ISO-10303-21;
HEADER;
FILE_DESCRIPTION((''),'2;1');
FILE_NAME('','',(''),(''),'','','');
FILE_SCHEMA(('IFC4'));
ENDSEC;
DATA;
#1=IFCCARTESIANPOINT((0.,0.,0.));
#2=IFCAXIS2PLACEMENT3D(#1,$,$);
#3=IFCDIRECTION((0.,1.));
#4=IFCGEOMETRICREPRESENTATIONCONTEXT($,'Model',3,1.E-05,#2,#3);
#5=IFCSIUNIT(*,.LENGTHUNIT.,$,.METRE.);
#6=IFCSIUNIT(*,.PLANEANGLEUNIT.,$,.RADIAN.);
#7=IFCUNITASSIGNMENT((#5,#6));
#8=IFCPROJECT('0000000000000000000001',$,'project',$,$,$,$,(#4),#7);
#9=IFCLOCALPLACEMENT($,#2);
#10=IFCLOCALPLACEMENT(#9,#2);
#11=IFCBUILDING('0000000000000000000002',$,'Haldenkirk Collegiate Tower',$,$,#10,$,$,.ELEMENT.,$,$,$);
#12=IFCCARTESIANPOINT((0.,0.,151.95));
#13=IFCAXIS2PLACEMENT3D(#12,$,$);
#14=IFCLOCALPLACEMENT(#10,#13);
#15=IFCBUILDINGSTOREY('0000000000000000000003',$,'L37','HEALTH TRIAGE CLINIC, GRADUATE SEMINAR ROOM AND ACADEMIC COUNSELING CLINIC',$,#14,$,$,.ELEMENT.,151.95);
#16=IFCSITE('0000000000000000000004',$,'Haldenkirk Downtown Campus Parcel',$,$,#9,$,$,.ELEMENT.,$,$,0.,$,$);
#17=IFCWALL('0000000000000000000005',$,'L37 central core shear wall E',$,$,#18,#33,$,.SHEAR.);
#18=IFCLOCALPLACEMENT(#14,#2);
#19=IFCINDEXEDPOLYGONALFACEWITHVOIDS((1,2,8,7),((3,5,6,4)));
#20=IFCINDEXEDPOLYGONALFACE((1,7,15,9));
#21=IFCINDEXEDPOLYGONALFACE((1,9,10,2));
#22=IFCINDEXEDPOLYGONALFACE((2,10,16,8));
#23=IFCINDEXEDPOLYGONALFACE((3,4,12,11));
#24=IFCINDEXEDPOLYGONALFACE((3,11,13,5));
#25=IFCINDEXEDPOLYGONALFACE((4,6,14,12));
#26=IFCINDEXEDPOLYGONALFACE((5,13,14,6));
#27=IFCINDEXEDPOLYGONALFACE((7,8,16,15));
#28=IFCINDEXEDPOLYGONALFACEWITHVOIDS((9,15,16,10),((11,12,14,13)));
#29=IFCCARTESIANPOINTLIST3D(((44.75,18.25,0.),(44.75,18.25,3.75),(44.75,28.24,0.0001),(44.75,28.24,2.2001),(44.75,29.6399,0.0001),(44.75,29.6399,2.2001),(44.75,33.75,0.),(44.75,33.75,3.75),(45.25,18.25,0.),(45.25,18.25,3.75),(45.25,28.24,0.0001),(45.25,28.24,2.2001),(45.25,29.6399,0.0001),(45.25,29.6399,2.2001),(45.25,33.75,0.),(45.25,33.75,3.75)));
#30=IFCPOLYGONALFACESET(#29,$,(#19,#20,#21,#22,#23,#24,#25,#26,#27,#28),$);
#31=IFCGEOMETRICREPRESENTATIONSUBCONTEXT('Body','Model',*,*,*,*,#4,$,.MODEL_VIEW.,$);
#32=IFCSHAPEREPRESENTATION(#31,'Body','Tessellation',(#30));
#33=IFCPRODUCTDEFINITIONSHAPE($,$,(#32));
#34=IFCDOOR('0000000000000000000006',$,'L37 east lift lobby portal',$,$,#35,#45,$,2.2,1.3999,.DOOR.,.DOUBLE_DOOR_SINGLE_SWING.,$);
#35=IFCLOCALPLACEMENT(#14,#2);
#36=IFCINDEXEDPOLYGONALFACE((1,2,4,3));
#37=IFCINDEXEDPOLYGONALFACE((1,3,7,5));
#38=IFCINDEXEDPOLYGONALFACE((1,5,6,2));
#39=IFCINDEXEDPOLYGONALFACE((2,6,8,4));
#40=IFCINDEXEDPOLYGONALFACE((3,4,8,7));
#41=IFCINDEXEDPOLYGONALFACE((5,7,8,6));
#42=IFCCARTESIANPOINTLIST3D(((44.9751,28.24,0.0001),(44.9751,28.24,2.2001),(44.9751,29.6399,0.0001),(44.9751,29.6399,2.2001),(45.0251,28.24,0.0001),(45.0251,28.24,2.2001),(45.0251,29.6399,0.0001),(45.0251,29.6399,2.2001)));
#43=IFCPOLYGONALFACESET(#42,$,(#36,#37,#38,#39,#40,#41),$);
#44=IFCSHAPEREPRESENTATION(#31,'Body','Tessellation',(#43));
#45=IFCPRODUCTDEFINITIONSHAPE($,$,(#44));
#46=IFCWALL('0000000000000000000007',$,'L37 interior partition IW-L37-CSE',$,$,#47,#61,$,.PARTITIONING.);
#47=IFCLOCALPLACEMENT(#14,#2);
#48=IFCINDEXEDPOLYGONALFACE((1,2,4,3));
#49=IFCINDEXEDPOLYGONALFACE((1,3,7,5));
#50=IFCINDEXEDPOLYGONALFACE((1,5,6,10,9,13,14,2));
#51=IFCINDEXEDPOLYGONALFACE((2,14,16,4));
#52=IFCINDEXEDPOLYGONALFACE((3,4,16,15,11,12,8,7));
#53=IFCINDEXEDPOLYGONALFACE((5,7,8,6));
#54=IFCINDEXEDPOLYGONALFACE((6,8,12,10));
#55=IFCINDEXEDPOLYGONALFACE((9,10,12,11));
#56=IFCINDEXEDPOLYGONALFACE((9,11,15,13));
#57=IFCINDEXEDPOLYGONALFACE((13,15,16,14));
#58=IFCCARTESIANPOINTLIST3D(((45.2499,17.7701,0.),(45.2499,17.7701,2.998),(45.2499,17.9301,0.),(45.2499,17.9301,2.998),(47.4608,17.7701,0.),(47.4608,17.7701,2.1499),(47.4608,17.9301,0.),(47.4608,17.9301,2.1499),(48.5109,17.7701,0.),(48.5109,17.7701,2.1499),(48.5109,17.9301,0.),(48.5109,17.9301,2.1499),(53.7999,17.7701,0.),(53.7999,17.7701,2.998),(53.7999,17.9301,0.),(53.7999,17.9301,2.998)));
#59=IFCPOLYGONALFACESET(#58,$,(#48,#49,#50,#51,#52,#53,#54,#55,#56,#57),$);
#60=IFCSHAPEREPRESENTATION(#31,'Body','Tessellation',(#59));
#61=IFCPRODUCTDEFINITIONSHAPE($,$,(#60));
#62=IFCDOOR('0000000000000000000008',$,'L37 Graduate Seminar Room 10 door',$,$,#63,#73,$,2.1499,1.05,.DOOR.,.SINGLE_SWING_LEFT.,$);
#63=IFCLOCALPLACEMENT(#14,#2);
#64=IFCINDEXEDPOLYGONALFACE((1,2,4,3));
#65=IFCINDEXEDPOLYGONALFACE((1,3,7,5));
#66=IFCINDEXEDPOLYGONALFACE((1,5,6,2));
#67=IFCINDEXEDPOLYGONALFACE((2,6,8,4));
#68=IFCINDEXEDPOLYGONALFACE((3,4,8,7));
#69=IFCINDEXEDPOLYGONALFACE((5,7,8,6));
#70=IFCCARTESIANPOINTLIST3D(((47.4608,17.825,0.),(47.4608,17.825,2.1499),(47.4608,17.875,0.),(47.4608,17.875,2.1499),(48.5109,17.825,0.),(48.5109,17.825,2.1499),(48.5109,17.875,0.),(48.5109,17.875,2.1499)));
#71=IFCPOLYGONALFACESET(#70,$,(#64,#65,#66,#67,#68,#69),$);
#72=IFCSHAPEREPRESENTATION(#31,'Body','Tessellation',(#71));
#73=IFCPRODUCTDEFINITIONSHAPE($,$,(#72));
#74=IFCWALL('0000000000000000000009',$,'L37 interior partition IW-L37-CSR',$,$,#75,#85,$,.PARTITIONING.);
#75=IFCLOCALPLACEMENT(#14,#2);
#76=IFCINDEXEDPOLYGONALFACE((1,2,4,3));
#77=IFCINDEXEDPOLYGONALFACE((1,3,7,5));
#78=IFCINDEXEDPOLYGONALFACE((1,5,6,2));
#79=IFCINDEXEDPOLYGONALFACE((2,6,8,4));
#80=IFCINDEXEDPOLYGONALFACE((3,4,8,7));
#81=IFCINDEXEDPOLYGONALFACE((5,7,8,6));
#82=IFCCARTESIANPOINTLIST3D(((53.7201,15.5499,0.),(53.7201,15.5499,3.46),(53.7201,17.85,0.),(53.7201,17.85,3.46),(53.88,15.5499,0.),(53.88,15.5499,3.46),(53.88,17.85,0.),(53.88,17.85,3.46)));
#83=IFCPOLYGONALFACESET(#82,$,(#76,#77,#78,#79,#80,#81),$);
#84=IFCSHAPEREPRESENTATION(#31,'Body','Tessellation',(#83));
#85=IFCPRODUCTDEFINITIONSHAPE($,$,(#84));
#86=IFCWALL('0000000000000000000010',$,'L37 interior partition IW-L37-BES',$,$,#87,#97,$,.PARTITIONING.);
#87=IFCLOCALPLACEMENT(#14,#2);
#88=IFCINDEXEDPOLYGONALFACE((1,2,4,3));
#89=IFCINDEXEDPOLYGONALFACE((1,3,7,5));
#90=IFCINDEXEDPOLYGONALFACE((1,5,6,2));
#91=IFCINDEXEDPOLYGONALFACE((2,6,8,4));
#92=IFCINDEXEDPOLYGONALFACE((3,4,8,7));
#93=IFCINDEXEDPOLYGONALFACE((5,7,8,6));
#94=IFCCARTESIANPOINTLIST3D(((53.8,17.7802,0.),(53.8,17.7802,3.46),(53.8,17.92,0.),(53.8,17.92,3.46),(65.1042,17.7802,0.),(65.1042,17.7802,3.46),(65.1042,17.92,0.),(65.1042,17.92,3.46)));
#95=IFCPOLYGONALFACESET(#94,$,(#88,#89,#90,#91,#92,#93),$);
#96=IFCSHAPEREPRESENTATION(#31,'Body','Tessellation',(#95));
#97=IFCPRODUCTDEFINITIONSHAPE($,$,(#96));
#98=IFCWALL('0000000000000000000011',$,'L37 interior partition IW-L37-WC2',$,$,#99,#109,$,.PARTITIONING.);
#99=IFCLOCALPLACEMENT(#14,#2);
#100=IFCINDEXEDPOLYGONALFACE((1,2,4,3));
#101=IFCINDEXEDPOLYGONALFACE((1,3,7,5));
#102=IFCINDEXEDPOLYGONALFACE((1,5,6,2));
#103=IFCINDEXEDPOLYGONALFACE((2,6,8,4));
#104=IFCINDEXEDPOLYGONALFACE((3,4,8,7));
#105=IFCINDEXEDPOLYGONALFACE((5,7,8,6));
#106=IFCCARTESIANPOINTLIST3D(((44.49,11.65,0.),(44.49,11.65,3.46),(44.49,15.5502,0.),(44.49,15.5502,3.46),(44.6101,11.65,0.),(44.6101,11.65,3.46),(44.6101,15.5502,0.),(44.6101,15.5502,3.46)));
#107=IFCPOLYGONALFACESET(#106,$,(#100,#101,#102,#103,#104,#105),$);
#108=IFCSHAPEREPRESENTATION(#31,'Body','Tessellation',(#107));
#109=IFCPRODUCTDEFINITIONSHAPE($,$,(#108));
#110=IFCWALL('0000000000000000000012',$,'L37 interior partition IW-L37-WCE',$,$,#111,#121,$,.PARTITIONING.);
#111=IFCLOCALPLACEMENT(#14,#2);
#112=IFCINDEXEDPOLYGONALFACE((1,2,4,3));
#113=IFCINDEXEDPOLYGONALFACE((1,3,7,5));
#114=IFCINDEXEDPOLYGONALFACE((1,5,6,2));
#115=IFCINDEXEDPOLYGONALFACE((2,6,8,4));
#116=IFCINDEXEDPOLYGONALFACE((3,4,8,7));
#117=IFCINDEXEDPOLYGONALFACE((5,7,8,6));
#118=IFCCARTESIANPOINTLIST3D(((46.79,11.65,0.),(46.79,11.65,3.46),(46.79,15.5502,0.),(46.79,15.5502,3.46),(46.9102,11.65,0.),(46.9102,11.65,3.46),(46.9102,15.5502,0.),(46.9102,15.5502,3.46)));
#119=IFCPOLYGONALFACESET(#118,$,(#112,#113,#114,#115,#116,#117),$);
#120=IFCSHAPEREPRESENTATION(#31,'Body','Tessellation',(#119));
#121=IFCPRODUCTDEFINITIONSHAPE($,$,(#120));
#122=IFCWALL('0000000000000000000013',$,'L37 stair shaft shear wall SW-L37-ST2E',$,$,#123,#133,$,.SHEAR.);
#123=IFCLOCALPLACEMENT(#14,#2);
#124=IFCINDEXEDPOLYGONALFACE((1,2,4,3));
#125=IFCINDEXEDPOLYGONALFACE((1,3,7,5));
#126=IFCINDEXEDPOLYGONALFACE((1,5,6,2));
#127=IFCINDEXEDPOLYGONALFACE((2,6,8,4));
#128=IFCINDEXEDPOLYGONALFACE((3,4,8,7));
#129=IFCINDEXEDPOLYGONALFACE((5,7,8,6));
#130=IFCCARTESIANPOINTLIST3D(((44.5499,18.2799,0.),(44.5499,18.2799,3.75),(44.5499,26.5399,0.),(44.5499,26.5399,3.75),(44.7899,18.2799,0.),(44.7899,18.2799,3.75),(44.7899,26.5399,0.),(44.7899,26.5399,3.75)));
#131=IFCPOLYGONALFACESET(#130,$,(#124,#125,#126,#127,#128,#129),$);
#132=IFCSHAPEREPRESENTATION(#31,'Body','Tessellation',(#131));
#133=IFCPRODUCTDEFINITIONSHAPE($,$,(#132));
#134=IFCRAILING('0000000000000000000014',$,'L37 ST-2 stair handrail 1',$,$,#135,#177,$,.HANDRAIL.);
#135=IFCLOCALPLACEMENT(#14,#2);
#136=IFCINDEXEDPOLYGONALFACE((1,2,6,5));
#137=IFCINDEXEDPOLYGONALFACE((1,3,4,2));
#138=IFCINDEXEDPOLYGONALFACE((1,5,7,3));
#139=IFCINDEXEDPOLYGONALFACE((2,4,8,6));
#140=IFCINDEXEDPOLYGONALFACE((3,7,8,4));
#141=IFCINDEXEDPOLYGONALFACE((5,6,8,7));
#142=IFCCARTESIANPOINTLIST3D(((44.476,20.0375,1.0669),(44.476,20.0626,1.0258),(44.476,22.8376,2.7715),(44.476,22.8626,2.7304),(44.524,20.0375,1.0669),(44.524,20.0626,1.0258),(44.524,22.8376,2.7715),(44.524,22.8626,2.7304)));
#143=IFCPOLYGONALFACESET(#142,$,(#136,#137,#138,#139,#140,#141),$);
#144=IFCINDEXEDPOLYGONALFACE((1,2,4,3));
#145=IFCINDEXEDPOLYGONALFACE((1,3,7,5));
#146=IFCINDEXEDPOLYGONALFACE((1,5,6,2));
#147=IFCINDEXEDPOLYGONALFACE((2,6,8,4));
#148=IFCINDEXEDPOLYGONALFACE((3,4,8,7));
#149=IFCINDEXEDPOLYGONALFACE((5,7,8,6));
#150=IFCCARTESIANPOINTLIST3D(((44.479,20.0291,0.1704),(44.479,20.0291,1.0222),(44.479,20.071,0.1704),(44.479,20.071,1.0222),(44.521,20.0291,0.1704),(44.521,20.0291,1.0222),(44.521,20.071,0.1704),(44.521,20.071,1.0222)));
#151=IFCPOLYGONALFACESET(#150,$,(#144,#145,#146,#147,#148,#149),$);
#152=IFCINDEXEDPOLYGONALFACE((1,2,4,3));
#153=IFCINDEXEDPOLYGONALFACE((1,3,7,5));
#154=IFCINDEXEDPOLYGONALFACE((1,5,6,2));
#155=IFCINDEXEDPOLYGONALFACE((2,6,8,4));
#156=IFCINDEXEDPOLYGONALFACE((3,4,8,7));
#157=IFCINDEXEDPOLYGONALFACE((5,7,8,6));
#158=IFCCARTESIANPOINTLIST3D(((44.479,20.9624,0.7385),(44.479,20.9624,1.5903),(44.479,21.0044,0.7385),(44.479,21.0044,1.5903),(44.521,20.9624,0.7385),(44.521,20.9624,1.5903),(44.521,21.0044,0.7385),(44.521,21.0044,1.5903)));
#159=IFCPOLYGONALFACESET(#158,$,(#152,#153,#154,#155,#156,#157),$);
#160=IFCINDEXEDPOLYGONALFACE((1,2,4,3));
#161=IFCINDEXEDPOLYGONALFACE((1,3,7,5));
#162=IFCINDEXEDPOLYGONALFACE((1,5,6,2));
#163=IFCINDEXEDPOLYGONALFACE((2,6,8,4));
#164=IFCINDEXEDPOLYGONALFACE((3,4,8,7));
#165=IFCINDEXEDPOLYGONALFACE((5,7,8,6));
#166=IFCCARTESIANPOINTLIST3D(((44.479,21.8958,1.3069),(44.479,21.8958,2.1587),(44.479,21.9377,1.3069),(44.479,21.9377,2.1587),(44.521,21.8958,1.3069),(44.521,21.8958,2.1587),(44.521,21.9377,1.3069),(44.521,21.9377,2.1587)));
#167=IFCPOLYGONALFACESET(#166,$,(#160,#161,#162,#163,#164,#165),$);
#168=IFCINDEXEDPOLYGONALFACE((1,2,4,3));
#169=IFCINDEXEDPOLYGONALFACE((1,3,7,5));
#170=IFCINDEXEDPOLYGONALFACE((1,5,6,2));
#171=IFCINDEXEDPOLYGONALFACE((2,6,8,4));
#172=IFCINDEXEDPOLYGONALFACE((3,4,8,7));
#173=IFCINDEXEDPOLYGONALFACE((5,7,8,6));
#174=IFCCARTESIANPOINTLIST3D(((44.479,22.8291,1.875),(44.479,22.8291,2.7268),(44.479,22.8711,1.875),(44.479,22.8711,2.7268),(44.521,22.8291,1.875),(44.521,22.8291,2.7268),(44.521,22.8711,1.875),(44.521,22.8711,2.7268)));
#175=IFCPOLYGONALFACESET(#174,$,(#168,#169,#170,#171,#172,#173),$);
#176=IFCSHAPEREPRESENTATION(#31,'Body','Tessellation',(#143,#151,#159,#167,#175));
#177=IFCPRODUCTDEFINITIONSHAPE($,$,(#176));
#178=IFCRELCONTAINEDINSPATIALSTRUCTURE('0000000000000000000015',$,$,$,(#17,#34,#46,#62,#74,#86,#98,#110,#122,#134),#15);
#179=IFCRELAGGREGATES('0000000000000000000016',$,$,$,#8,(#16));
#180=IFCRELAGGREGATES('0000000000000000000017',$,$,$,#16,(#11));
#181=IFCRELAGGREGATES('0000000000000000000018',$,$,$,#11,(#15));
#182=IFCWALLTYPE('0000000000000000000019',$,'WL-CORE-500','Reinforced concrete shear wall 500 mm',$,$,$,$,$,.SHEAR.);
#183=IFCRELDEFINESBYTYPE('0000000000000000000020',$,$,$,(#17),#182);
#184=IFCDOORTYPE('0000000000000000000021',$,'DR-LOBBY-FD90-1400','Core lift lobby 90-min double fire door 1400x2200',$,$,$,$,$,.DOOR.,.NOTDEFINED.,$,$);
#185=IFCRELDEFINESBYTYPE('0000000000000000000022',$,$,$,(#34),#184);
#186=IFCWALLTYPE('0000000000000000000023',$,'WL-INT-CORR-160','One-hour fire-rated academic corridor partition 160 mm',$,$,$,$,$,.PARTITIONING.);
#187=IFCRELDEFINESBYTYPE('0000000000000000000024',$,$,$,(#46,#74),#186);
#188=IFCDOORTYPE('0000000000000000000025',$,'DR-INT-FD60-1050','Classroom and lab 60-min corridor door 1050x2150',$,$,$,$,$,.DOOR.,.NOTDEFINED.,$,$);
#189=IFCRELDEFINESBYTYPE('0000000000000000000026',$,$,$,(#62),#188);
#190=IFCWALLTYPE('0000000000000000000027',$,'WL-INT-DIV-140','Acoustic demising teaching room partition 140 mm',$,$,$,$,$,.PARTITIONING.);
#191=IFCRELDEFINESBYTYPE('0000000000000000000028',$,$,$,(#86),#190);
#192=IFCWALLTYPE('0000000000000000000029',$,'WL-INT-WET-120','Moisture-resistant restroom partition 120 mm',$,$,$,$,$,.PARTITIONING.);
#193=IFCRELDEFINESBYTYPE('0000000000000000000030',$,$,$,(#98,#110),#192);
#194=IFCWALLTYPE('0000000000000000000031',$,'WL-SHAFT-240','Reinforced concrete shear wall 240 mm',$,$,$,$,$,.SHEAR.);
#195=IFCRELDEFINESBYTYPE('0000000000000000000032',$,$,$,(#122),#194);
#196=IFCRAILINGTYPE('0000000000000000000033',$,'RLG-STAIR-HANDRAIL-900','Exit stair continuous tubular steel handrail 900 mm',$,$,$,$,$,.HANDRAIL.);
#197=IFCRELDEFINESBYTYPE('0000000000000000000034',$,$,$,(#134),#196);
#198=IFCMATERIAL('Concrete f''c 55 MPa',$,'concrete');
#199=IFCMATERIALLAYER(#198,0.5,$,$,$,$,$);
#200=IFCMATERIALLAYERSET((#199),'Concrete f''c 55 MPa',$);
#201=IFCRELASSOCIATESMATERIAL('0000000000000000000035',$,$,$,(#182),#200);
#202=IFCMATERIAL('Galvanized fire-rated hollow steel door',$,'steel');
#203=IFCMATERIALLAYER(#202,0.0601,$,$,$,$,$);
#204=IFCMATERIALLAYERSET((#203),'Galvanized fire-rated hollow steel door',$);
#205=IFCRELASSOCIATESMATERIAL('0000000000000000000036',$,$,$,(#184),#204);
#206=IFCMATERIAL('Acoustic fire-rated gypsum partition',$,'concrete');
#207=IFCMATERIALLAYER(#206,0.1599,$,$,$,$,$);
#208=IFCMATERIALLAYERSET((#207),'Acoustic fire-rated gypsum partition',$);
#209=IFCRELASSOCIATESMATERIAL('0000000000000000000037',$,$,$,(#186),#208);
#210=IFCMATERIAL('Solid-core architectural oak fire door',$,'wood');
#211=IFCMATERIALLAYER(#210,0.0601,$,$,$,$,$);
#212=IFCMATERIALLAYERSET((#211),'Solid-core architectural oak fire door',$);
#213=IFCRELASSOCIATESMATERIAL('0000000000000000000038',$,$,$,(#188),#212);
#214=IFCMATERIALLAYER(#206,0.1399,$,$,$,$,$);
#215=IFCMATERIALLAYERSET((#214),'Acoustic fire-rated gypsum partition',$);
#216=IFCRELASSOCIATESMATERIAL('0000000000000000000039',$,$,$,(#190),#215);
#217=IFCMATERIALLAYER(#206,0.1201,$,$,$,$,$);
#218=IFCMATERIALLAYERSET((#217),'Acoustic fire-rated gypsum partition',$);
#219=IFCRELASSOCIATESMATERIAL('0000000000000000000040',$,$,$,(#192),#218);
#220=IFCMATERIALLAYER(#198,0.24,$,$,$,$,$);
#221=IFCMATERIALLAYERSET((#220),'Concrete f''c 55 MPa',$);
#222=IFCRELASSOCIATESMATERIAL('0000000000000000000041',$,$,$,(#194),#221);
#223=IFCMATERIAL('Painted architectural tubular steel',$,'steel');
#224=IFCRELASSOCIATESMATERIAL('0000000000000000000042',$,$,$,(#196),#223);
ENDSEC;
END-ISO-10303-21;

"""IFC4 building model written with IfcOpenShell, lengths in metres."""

from ifc_helpers import new_model, si_unit, direction, frame, frame_2d, origin, origin_2d, place, context, subcontext, project, spatial, rectangle, extrude, material, layer, layer_set, type_object, element, fill, save


model = new_model("IFC4")

# Units and contexts
model_context = context("Model", 3, precision=1e-05, world=origin(), true_north=direction((0.0, 1.0)))
body_context = subcontext(model_context, "Body", "Model", "MODEL_VIEW")
ifc_project = project(units=[si_unit("LENGTHUNIT", "METRE"), si_unit("PLANEANGLEUNIT", "RADIAN")], contexts=[model_context])

# Site, building, storey
site_placement = place(None, origin())
site = spatial("IfcSite", under=ifc_project, at=site_placement, Name="Haldenkirk Downtown Campus Parcel", CompositionType="ELEMENT", RefElevation=0.0)
building_placement = place(site_placement, origin())
building = spatial("IfcBuilding", under=site, at=building_placement, Name="Haldenkirk Collegiate Tower", CompositionType="ELEMENT")
storey_placement = place(building_placement, frame((0.0, 0.0, 151.95)))
storey = spatial("IfcBuildingStorey", under=building, at=storey_placement, Name="L37", Description="HEALTH TRIAGE CLINIC, GRADUATE SEMINAR ROOM AND ACADEMIC COUNSELING CLINIC", CompositionType="ELEMENT", Elevation=151.95)

# Walls, openings, doors
ifc_material_1 = material(Name="Concrete f'c 55 MPa", Category="concrete")
ifc_layer_1 = layer(ifc_material_1, 0.5)
ifc_layer_set_1 = layer_set([ifc_layer_1], Name="Concrete f'c 55 MPa")
wall_type_1 = type_object("IfcWallType", Name="WL-CORE-500", Description="Reinforced concrete shear wall 500 mm", PredefinedType="SHEAR", material=ifc_layer_set_1)
wall_1_placement = place(storey_placement, frame((45.0, 18.25, 0.0), z_axis=(0.0, 0.0, 1.0), x_axis=(0.0, 1.0, 0.0)))
wall_1 = element("IfcWall", 1, at=wall_1_placement, inside=storey, type_object=wall_type_1, Name="L37 central core shear wall E", PredefinedType="SHEAR", context=body_context, shape_type="SweptSolid", body=[
    extrude(rectangle(XDim=15.5, YDim=0.5, at=frame_2d((7.75, 0.0))), origin(), (0.0, 0.0, 1.0), 3.75),
])
opening_1_placement = place(wall_1_placement, frame((9.99, 0.0, 0.0)))
opening_1 = element("IfcOpeningElement", 2, at=opening_1_placement, cuts=wall_1, PredefinedType="OPENING", context=body_context, shape_type="SweptSolid", body=[
    extrude(rectangle(XDim=1.3999, YDim=2.2, at=frame_2d((0.7, 1.1001))), frame((0.0, 0.26, 0.0), z_axis=(0.0, -1.0, 0.0), x_axis=(1.0, 0.0, 0.0)), (0.0, 0.0, 1.0), 0.52),
])
ifc_material_2 = material(Name="Galvanized fire-rated hollow steel door", Category="steel")
ifc_layer_2 = layer(ifc_material_2, 0.0601)
ifc_layer_set_2 = layer_set([ifc_layer_2], Name="Galvanized fire-rated hollow steel door")
door_type_1 = type_object("IfcDoorType", Name="DR-LOBBY-FD90-1400", Description="Core lift lobby 90-min double fire door 1400x2200", OperationType="NOTDEFINED", PredefinedType="DOOR", material=ifc_layer_set_2)
door_1_placement = place(opening_1_placement, origin())
door_1 = element("IfcDoor", 3, at=door_1_placement, inside=storey, type_object=door_type_1, Name="L37 east lift lobby portal", OperationType="DOUBLE_DOOR_SINGLE_SWING", OverallHeight=2.2, OverallWidth=1.3999, PredefinedType="DOOR", context=body_context, shape_type="SweptSolid", body=[
    extrude(rectangle(XDim=1.3999, YDim=2.2, at=frame_2d((0.7, 1.1001))), frame((0.0, 0.0249, 0.0), z_axis=(0.0, -1.0, 0.0), x_axis=(1.0, 0.0, 0.0)), (0.0, 0.0, 1.0), 0.05),
])
fill(opening_1, door_1)
ifc_material_3 = material(Name="Acoustic fire-rated gypsum partition", Category="concrete")
ifc_layer_3 = layer(ifc_material_3, 0.1599)
ifc_layer_set_3 = layer_set([ifc_layer_3], Name="Acoustic fire-rated gypsum partition")
wall_type_2 = type_object("IfcWallType", Name="WL-INT-CORR-160", Description="One-hour fire-rated academic corridor partition 160 mm", PredefinedType="PARTITIONING", material=ifc_layer_set_3)
wall_2_placement = place(storey_placement, frame((45.25, 17.8501, 0.0), z_axis=(0.0, 0.0, 1.0), x_axis=(1.0, 0.0, 0.0)))
wall_2 = element("IfcWall", 4, at=wall_2_placement, inside=storey, type_object=wall_type_2, Name="L37 interior partition IW-L37-CSE", PredefinedType="PARTITIONING", context=body_context, shape_type="SweptSolid", body=[
    extrude(rectangle(XDim=8.55, YDim=0.1599, at=frame_2d((4.2749, 0.0))), origin(), (0.0, 0.0, 1.0), 2.998),
])
opening_2_placement = place(wall_2_placement, frame((2.2109, 0.0, 0.0)))
opening_2 = element("IfcOpeningElement", 5, at=opening_2_placement, cuts=wall_2, PredefinedType="OPENING", context=body_context, shape_type="SweptSolid", body=[
    extrude(rectangle(XDim=1.05, YDim=2.1499, at=frame_2d((0.5249, 1.075))), frame((0.0, 0.0898, 0.0), z_axis=(0.0, -1.0, 0.0), x_axis=(1.0, 0.0, 0.0)), (0.0, 0.0, 1.0), 0.1799),
])
ifc_material_4 = material(Name="Solid-core architectural oak fire door", Category="wood")
ifc_layer_4 = layer(ifc_material_4, 0.0601)
ifc_layer_set_4 = layer_set([ifc_layer_4], Name="Solid-core architectural oak fire door")
door_type_2 = type_object("IfcDoorType", Name="DR-INT-FD60-1050", Description="Classroom and lab 60-min corridor door 1050x2150", OperationType="NOTDEFINED", PredefinedType="DOOR", material=ifc_layer_set_4)
door_2_placement = place(opening_2_placement, origin())
door_2 = element("IfcDoor", 6, at=door_2_placement, inside=storey, type_object=door_type_2, Name="L37 Graduate Seminar Room 10 door", OperationType="SINGLE_SWING_LEFT", OverallHeight=2.1499, OverallWidth=1.05, PredefinedType="DOOR", context=body_context, shape_type="SweptSolid", body=[
    extrude(rectangle(XDim=1.05, YDim=2.1499, at=frame_2d((0.5249, 1.075))), frame((0.0, 0.0249, 0.0), z_axis=(0.0, -1.0, 0.0), x_axis=(1.0, 0.0, 0.0)), (0.0, 0.0, 1.0), 0.05),
])
fill(opening_2, door_2)

# Walls
wall_3_placement = place(storey_placement, frame((53.8, 15.55, 0.0), z_axis=(0.0, 0.0, 1.0), x_axis=(0.0, 1.0, 0.0)))
element("IfcWall", 7, at=wall_3_placement, inside=storey, type_object=wall_type_2, Name="L37 interior partition IW-L37-CSR", PredefinedType="PARTITIONING", context=body_context, shape_type="SweptSolid", body=[
    extrude(rectangle(XDim=2.3, YDim=0.1599, at=frame_2d((1.1499, 0.0))), origin(), (0.0, 0.0, 1.0), 3.46),
])
ifc_layer_5 = layer(ifc_material_3, 0.1399)
ifc_layer_set_5 = layer_set([ifc_layer_5], Name="Acoustic fire-rated gypsum partition")
wall_type_3 = type_object("IfcWallType", Name="WL-INT-DIV-140", Description="Acoustic demising teaching room partition 140 mm", PredefinedType="PARTITIONING", material=ifc_layer_set_5)
wall_4_placement = place(storey_placement, frame((53.8, 17.8501, 0.0), z_axis=(0.0, 0.0, 1.0), x_axis=(1.0, 0.0, 0.0)))
element("IfcWall", 8, at=wall_4_placement, inside=storey, type_object=wall_type_3, Name="L37 interior partition IW-L37-BES", PredefinedType="PARTITIONING", context=body_context, shape_type="SweptSolid", body=[
    extrude(rectangle(XDim=11.3042, YDim=0.1399, at=frame_2d((5.6521, 0.0))), origin(), (0.0, 0.0, 1.0), 3.46),
])
ifc_layer_6 = layer(ifc_material_3, 0.1201)
ifc_layer_set_6 = layer_set([ifc_layer_6], Name="Acoustic fire-rated gypsum partition")
wall_type_4 = type_object("IfcWallType", Name="WL-INT-WET-120", Description="Moisture-resistant restroom partition 120 mm", PredefinedType="PARTITIONING", material=ifc_layer_set_6)
for number, where, z_axis, x_axis, name in (
    (9, (44.55, 11.6499, 0.0), (0.0, 0.0, 1.0), (0.0, 1.0, 0.0), "L37 interior partition IW-L37-WC2"),
    (10, (46.8501, 11.6499, 0.0), (0.0, 0.0, 1.0), (0.0, 1.0, 0.0), "L37 interior partition IW-L37-WCE"),
):
    element("IfcWall", number, at=place(storey_placement, frame(where, z_axis=z_axis, x_axis=x_axis)), inside=storey, type_object=wall_type_4, Name=name, PredefinedType="PARTITIONING", context=body_context, shape_type="SweptSolid", body=[
        extrude(rectangle(XDim=3.9001, YDim=0.1201, at=frame_2d((1.9502, 0.0))), origin(), (0.0, 0.0, 1.0), 3.46),
    ])
ifc_layer_7 = layer(ifc_material_1, 0.24)
ifc_layer_set_7 = layer_set([ifc_layer_7], Name="Concrete f'c 55 MPa")
wall_type_5 = type_object("IfcWallType", Name="WL-SHAFT-240", Description="Reinforced concrete shear wall 240 mm", PredefinedType="SHEAR", material=ifc_layer_set_7)
wall_5_placement = place(storey_placement, frame((44.6699, 18.28, 0.0), z_axis=(0.0, 0.0, 1.0), x_axis=(0.0, 1.0, 0.0)))
element("IfcWall", 11, at=wall_5_placement, inside=storey, type_object=wall_type_5, Name="L37 stair shaft shear wall SW-L37-ST2E", PredefinedType="SHEAR", context=body_context, shape_type="SweptSolid", body=[
    extrude(rectangle(XDim=8.26, YDim=0.24, at=frame_2d((4.1299, 0.0))), origin(), (0.0, 0.0, 1.0), 3.75),
])

# Railing
ifc_material_5 = material(Name="Painted architectural tubular steel", Category="steel")
railing_type = type_object("IfcRailingType", Name="RLG-STAIR-HANDRAIL-900", Description="Exit stair continuous tubular steel handrail 900 mm", PredefinedType="HANDRAIL", material=ifc_material_5)
railing_placement = place(storey_placement, frame((44.5, 20.05, 0.1704)))
element("IfcRailing", 12, at=railing_placement, inside=storey, type_object=railing_type, Name="L37 ST-2 stair handrail 1", PredefinedType="HANDRAIL", context=body_context, shape_type="SweptSolid", body=[
    extrude(rectangle(XDim=0.0481, YDim=0.0481, at=origin_2d()), frame((0.0, 0.0, 0.876), z_axis=(0.0, 0.85417, 0.519994), x_axis=(-1.0, 0.0, 0.0)), (0.0, 0.0, 1.0), 3.2781),
    extrude(rectangle(XDim=0.042, YDim=0.042, at=origin_2d()), origin(), (0.0, 0.0, 1.0), 0.8518),
    extrude(rectangle(XDim=0.042, YDim=0.042, at=origin_2d()), frame((0.0, 0.9333, 0.5681)), (0.0, 0.0, 1.0), 0.8518),
    extrude(rectangle(XDim=0.042, YDim=0.042, at=origin_2d()), frame((0.0, 1.8667, 1.1365)), (0.0, 0.0, 1.0), 0.8518),
    extrude(rectangle(XDim=0.042, YDim=0.042, at=origin_2d()), frame((0.0, 2.8, 1.7046)), (0.0, 0.0, 1.0), 0.8518),
])

save(model, "model.ifc")
